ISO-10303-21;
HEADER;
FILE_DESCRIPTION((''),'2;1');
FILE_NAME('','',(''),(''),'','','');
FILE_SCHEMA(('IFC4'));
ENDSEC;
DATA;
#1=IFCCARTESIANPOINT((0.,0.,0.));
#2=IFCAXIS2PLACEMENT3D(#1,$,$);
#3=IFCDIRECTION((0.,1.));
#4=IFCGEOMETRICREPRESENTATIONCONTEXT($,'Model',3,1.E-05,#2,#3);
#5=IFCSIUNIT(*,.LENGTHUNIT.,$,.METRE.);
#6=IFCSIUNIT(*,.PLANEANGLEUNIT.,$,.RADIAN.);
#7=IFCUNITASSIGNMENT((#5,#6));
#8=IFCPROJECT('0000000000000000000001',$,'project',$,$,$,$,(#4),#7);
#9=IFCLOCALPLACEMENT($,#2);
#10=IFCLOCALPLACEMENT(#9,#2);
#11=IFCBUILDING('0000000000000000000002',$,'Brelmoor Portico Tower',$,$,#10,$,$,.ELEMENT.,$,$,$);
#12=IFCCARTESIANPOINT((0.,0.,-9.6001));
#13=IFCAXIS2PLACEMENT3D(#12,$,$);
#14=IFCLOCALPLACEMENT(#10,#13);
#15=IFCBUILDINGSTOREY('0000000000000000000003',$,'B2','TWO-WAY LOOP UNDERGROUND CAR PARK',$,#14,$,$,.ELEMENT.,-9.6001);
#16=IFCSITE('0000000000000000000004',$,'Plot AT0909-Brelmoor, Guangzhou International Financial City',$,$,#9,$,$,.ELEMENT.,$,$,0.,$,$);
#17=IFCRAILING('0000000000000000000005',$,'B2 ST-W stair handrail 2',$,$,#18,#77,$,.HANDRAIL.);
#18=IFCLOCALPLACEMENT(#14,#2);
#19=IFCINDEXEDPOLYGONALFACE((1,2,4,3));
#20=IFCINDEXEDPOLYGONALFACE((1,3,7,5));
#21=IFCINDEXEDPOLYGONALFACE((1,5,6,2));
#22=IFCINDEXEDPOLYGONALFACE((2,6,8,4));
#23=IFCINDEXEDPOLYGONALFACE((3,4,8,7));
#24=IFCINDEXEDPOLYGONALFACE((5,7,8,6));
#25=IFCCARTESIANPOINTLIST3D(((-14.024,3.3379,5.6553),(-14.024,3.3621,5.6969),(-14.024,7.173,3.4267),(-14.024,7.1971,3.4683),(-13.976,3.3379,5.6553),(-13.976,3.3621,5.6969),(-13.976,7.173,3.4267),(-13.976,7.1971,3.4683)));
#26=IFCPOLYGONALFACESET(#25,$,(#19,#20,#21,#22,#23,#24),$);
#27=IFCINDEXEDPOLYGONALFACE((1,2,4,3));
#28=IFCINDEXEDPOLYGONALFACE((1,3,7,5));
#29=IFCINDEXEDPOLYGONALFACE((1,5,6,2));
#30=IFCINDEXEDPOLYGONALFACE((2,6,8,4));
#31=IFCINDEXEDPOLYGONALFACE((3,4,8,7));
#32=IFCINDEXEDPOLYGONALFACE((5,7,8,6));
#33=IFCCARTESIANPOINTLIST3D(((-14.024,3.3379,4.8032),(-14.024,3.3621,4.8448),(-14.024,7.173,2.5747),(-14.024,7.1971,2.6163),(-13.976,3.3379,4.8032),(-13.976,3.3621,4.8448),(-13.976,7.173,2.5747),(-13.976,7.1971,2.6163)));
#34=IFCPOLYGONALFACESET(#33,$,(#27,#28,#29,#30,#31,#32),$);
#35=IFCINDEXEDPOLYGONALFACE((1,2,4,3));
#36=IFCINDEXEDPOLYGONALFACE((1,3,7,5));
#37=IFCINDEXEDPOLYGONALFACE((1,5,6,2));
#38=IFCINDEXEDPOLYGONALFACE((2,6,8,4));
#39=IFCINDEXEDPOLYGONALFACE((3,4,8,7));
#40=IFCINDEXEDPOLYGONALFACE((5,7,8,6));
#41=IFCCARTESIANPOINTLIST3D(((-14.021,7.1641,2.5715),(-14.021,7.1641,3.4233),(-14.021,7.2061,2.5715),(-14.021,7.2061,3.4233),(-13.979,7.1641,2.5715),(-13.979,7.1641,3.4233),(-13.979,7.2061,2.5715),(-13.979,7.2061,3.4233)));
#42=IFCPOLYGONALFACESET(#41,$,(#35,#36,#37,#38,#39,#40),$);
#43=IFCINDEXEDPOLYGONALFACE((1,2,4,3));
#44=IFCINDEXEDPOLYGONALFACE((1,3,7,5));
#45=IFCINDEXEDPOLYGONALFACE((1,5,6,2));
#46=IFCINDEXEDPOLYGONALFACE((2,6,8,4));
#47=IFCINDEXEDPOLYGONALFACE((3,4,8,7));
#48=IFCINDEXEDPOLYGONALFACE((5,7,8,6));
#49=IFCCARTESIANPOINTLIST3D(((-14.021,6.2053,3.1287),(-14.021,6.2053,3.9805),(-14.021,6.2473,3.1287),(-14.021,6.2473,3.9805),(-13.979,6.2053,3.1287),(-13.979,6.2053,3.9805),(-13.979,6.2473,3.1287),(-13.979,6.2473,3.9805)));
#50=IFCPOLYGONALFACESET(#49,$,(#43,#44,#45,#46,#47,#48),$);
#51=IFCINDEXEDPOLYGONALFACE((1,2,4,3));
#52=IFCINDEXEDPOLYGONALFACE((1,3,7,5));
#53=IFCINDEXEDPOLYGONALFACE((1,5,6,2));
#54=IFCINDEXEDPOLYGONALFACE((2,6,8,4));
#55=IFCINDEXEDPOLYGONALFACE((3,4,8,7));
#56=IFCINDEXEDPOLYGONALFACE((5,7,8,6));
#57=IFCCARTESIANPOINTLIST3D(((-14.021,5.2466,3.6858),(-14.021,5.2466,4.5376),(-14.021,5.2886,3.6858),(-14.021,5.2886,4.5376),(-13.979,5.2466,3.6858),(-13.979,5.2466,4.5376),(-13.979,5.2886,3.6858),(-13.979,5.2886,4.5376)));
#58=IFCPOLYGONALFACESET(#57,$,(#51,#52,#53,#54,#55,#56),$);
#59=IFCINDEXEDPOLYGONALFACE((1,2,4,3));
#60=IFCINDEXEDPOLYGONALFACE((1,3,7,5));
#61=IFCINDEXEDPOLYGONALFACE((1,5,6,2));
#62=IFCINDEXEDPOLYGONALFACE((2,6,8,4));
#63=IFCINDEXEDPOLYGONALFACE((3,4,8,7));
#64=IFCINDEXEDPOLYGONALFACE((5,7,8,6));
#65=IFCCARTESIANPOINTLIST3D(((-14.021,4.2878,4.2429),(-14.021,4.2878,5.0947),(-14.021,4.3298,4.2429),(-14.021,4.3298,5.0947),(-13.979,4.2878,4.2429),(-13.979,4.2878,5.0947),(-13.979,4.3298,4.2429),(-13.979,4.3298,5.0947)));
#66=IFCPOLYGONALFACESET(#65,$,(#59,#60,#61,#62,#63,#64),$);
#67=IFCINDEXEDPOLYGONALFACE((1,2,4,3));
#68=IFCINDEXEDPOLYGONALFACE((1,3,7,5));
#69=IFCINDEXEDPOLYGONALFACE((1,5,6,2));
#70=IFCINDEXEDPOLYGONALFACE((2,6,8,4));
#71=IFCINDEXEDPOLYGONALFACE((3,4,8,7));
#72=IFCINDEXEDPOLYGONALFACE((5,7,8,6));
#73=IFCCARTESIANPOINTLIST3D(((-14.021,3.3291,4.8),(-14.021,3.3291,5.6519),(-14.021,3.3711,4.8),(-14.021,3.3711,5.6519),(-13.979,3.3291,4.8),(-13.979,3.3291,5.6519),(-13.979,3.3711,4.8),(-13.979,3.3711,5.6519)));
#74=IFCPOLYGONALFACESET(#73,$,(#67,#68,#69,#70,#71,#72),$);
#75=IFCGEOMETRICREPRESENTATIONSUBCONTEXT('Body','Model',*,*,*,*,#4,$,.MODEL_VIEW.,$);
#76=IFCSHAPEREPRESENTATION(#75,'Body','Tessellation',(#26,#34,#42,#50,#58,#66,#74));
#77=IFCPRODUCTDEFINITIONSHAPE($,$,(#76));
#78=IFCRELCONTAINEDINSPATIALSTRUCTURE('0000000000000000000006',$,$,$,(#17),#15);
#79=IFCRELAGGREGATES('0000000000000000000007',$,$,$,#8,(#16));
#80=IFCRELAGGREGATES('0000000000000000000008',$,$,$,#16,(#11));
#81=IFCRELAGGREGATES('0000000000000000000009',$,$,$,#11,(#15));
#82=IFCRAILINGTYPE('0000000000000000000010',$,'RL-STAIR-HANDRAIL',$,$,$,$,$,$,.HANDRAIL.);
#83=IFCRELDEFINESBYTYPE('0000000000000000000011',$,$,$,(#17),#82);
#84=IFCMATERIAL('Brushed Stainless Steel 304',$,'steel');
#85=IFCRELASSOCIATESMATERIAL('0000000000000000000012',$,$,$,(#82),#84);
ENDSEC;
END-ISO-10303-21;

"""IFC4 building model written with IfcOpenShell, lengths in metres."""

from ifc_helpers import new_model, si_unit, direction, frame, origin, origin_2d, place, context, subcontext, project, spatial, rectangle, extrude, material, type_object, element, save


model = new_model("IFC4")

# Units and contexts
model_context = context("Model", 3, precision=1e-05, world=origin(), true_north=direction((0.0, 1.0)))
body_context = subcontext(model_context, "Body", "Model", "MODEL_VIEW")
ifc_project = project(units=[si_unit("LENGTHUNIT", "METRE"), si_unit("PLANEANGLEUNIT", "RADIAN")], contexts=[model_context])

# Site, building, storey
site_placement = place(None, origin())
site = spatial("IfcSite", under=ifc_project, at=site_placement, Name="Plot AT0909-Brelmoor, Guangzhou International Financial City", CompositionType="ELEMENT", RefElevation=0.0)
building_placement = place(site_placement, origin())
building = spatial("IfcBuilding", under=site, at=building_placement, Name="Brelmoor Portico Tower", CompositionType="ELEMENT")
storey_placement = place(building_placement, frame((0.0, 0.0, -9.6001)))
storey = spatial("IfcBuildingStorey", under=building, at=storey_placement, Name="B2", Description="TWO-WAY LOOP UNDERGROUND CAR PARK", CompositionType="ELEMENT", Elevation=-9.6001)

# Railing
ifc_material_1 = material(Name="Brushed Stainless Steel 304", Category="steel")
railing_type_1 = type_object("IfcRailingType", Name="RL-STAIR-HANDRAIL", PredefinedType="HANDRAIL", material=ifc_material_1)
railing_1_placement = place(storey_placement, frame((-14.0, 7.1851, 2.5715)))
element("IfcRailing", 1, at=railing_1_placement, inside=storey, type_object=railing_type_1, Name="B2 ST-W stair handrail 2", PredefinedType="HANDRAIL", context=body_context, shape_type="SweptSolid", body=[
    extrude(rectangle(XDim=0.0481, YDim=0.0481, at=origin_2d()), frame((0.0, 0.0, 0.876), z_axis=(0.0, -0.864616, 0.502433), x_axis=(1.0, 0.0, 0.0)), (0.0, 0.0, 1.0), 4.4355),
    extrude(rectangle(XDim=0.0481, YDim=0.0481, at=origin_2d()), frame((0.0, 0.0, 0.0239), z_axis=(0.0, -0.864616, 0.502433), x_axis=(1.0, 0.0, 0.0)), (0.0, 0.0, 1.0), 4.4355),
    extrude(rectangle(XDim=0.042, YDim=0.042, at=origin_2d()), origin(), (0.0, 0.0, 1.0), 0.8518),
    extrude(rectangle(XDim=0.042, YDim=0.042, at=origin_2d()), frame((0.0, -0.9587, 0.5571)), (0.0, 0.0, 1.0), 0.8518),
    extrude(rectangle(XDim=0.042, YDim=0.042, at=origin_2d()), frame((0.0, -1.9175, 1.1143)), (0.0, 0.0, 1.0), 0.8518),
    extrude(rectangle(XDim=0.042, YDim=0.042, at=origin_2d()), frame((0.0, -2.8762, 1.6714)), (0.0, 0.0, 1.0), 0.8518),
    extrude(rectangle(XDim=0.042, YDim=0.042, at=origin_2d()), frame((0.0, -3.835, 2.2285)), (0.0, 0.0, 1.0), 0.8518),
])

save(model, "model.ifc")
